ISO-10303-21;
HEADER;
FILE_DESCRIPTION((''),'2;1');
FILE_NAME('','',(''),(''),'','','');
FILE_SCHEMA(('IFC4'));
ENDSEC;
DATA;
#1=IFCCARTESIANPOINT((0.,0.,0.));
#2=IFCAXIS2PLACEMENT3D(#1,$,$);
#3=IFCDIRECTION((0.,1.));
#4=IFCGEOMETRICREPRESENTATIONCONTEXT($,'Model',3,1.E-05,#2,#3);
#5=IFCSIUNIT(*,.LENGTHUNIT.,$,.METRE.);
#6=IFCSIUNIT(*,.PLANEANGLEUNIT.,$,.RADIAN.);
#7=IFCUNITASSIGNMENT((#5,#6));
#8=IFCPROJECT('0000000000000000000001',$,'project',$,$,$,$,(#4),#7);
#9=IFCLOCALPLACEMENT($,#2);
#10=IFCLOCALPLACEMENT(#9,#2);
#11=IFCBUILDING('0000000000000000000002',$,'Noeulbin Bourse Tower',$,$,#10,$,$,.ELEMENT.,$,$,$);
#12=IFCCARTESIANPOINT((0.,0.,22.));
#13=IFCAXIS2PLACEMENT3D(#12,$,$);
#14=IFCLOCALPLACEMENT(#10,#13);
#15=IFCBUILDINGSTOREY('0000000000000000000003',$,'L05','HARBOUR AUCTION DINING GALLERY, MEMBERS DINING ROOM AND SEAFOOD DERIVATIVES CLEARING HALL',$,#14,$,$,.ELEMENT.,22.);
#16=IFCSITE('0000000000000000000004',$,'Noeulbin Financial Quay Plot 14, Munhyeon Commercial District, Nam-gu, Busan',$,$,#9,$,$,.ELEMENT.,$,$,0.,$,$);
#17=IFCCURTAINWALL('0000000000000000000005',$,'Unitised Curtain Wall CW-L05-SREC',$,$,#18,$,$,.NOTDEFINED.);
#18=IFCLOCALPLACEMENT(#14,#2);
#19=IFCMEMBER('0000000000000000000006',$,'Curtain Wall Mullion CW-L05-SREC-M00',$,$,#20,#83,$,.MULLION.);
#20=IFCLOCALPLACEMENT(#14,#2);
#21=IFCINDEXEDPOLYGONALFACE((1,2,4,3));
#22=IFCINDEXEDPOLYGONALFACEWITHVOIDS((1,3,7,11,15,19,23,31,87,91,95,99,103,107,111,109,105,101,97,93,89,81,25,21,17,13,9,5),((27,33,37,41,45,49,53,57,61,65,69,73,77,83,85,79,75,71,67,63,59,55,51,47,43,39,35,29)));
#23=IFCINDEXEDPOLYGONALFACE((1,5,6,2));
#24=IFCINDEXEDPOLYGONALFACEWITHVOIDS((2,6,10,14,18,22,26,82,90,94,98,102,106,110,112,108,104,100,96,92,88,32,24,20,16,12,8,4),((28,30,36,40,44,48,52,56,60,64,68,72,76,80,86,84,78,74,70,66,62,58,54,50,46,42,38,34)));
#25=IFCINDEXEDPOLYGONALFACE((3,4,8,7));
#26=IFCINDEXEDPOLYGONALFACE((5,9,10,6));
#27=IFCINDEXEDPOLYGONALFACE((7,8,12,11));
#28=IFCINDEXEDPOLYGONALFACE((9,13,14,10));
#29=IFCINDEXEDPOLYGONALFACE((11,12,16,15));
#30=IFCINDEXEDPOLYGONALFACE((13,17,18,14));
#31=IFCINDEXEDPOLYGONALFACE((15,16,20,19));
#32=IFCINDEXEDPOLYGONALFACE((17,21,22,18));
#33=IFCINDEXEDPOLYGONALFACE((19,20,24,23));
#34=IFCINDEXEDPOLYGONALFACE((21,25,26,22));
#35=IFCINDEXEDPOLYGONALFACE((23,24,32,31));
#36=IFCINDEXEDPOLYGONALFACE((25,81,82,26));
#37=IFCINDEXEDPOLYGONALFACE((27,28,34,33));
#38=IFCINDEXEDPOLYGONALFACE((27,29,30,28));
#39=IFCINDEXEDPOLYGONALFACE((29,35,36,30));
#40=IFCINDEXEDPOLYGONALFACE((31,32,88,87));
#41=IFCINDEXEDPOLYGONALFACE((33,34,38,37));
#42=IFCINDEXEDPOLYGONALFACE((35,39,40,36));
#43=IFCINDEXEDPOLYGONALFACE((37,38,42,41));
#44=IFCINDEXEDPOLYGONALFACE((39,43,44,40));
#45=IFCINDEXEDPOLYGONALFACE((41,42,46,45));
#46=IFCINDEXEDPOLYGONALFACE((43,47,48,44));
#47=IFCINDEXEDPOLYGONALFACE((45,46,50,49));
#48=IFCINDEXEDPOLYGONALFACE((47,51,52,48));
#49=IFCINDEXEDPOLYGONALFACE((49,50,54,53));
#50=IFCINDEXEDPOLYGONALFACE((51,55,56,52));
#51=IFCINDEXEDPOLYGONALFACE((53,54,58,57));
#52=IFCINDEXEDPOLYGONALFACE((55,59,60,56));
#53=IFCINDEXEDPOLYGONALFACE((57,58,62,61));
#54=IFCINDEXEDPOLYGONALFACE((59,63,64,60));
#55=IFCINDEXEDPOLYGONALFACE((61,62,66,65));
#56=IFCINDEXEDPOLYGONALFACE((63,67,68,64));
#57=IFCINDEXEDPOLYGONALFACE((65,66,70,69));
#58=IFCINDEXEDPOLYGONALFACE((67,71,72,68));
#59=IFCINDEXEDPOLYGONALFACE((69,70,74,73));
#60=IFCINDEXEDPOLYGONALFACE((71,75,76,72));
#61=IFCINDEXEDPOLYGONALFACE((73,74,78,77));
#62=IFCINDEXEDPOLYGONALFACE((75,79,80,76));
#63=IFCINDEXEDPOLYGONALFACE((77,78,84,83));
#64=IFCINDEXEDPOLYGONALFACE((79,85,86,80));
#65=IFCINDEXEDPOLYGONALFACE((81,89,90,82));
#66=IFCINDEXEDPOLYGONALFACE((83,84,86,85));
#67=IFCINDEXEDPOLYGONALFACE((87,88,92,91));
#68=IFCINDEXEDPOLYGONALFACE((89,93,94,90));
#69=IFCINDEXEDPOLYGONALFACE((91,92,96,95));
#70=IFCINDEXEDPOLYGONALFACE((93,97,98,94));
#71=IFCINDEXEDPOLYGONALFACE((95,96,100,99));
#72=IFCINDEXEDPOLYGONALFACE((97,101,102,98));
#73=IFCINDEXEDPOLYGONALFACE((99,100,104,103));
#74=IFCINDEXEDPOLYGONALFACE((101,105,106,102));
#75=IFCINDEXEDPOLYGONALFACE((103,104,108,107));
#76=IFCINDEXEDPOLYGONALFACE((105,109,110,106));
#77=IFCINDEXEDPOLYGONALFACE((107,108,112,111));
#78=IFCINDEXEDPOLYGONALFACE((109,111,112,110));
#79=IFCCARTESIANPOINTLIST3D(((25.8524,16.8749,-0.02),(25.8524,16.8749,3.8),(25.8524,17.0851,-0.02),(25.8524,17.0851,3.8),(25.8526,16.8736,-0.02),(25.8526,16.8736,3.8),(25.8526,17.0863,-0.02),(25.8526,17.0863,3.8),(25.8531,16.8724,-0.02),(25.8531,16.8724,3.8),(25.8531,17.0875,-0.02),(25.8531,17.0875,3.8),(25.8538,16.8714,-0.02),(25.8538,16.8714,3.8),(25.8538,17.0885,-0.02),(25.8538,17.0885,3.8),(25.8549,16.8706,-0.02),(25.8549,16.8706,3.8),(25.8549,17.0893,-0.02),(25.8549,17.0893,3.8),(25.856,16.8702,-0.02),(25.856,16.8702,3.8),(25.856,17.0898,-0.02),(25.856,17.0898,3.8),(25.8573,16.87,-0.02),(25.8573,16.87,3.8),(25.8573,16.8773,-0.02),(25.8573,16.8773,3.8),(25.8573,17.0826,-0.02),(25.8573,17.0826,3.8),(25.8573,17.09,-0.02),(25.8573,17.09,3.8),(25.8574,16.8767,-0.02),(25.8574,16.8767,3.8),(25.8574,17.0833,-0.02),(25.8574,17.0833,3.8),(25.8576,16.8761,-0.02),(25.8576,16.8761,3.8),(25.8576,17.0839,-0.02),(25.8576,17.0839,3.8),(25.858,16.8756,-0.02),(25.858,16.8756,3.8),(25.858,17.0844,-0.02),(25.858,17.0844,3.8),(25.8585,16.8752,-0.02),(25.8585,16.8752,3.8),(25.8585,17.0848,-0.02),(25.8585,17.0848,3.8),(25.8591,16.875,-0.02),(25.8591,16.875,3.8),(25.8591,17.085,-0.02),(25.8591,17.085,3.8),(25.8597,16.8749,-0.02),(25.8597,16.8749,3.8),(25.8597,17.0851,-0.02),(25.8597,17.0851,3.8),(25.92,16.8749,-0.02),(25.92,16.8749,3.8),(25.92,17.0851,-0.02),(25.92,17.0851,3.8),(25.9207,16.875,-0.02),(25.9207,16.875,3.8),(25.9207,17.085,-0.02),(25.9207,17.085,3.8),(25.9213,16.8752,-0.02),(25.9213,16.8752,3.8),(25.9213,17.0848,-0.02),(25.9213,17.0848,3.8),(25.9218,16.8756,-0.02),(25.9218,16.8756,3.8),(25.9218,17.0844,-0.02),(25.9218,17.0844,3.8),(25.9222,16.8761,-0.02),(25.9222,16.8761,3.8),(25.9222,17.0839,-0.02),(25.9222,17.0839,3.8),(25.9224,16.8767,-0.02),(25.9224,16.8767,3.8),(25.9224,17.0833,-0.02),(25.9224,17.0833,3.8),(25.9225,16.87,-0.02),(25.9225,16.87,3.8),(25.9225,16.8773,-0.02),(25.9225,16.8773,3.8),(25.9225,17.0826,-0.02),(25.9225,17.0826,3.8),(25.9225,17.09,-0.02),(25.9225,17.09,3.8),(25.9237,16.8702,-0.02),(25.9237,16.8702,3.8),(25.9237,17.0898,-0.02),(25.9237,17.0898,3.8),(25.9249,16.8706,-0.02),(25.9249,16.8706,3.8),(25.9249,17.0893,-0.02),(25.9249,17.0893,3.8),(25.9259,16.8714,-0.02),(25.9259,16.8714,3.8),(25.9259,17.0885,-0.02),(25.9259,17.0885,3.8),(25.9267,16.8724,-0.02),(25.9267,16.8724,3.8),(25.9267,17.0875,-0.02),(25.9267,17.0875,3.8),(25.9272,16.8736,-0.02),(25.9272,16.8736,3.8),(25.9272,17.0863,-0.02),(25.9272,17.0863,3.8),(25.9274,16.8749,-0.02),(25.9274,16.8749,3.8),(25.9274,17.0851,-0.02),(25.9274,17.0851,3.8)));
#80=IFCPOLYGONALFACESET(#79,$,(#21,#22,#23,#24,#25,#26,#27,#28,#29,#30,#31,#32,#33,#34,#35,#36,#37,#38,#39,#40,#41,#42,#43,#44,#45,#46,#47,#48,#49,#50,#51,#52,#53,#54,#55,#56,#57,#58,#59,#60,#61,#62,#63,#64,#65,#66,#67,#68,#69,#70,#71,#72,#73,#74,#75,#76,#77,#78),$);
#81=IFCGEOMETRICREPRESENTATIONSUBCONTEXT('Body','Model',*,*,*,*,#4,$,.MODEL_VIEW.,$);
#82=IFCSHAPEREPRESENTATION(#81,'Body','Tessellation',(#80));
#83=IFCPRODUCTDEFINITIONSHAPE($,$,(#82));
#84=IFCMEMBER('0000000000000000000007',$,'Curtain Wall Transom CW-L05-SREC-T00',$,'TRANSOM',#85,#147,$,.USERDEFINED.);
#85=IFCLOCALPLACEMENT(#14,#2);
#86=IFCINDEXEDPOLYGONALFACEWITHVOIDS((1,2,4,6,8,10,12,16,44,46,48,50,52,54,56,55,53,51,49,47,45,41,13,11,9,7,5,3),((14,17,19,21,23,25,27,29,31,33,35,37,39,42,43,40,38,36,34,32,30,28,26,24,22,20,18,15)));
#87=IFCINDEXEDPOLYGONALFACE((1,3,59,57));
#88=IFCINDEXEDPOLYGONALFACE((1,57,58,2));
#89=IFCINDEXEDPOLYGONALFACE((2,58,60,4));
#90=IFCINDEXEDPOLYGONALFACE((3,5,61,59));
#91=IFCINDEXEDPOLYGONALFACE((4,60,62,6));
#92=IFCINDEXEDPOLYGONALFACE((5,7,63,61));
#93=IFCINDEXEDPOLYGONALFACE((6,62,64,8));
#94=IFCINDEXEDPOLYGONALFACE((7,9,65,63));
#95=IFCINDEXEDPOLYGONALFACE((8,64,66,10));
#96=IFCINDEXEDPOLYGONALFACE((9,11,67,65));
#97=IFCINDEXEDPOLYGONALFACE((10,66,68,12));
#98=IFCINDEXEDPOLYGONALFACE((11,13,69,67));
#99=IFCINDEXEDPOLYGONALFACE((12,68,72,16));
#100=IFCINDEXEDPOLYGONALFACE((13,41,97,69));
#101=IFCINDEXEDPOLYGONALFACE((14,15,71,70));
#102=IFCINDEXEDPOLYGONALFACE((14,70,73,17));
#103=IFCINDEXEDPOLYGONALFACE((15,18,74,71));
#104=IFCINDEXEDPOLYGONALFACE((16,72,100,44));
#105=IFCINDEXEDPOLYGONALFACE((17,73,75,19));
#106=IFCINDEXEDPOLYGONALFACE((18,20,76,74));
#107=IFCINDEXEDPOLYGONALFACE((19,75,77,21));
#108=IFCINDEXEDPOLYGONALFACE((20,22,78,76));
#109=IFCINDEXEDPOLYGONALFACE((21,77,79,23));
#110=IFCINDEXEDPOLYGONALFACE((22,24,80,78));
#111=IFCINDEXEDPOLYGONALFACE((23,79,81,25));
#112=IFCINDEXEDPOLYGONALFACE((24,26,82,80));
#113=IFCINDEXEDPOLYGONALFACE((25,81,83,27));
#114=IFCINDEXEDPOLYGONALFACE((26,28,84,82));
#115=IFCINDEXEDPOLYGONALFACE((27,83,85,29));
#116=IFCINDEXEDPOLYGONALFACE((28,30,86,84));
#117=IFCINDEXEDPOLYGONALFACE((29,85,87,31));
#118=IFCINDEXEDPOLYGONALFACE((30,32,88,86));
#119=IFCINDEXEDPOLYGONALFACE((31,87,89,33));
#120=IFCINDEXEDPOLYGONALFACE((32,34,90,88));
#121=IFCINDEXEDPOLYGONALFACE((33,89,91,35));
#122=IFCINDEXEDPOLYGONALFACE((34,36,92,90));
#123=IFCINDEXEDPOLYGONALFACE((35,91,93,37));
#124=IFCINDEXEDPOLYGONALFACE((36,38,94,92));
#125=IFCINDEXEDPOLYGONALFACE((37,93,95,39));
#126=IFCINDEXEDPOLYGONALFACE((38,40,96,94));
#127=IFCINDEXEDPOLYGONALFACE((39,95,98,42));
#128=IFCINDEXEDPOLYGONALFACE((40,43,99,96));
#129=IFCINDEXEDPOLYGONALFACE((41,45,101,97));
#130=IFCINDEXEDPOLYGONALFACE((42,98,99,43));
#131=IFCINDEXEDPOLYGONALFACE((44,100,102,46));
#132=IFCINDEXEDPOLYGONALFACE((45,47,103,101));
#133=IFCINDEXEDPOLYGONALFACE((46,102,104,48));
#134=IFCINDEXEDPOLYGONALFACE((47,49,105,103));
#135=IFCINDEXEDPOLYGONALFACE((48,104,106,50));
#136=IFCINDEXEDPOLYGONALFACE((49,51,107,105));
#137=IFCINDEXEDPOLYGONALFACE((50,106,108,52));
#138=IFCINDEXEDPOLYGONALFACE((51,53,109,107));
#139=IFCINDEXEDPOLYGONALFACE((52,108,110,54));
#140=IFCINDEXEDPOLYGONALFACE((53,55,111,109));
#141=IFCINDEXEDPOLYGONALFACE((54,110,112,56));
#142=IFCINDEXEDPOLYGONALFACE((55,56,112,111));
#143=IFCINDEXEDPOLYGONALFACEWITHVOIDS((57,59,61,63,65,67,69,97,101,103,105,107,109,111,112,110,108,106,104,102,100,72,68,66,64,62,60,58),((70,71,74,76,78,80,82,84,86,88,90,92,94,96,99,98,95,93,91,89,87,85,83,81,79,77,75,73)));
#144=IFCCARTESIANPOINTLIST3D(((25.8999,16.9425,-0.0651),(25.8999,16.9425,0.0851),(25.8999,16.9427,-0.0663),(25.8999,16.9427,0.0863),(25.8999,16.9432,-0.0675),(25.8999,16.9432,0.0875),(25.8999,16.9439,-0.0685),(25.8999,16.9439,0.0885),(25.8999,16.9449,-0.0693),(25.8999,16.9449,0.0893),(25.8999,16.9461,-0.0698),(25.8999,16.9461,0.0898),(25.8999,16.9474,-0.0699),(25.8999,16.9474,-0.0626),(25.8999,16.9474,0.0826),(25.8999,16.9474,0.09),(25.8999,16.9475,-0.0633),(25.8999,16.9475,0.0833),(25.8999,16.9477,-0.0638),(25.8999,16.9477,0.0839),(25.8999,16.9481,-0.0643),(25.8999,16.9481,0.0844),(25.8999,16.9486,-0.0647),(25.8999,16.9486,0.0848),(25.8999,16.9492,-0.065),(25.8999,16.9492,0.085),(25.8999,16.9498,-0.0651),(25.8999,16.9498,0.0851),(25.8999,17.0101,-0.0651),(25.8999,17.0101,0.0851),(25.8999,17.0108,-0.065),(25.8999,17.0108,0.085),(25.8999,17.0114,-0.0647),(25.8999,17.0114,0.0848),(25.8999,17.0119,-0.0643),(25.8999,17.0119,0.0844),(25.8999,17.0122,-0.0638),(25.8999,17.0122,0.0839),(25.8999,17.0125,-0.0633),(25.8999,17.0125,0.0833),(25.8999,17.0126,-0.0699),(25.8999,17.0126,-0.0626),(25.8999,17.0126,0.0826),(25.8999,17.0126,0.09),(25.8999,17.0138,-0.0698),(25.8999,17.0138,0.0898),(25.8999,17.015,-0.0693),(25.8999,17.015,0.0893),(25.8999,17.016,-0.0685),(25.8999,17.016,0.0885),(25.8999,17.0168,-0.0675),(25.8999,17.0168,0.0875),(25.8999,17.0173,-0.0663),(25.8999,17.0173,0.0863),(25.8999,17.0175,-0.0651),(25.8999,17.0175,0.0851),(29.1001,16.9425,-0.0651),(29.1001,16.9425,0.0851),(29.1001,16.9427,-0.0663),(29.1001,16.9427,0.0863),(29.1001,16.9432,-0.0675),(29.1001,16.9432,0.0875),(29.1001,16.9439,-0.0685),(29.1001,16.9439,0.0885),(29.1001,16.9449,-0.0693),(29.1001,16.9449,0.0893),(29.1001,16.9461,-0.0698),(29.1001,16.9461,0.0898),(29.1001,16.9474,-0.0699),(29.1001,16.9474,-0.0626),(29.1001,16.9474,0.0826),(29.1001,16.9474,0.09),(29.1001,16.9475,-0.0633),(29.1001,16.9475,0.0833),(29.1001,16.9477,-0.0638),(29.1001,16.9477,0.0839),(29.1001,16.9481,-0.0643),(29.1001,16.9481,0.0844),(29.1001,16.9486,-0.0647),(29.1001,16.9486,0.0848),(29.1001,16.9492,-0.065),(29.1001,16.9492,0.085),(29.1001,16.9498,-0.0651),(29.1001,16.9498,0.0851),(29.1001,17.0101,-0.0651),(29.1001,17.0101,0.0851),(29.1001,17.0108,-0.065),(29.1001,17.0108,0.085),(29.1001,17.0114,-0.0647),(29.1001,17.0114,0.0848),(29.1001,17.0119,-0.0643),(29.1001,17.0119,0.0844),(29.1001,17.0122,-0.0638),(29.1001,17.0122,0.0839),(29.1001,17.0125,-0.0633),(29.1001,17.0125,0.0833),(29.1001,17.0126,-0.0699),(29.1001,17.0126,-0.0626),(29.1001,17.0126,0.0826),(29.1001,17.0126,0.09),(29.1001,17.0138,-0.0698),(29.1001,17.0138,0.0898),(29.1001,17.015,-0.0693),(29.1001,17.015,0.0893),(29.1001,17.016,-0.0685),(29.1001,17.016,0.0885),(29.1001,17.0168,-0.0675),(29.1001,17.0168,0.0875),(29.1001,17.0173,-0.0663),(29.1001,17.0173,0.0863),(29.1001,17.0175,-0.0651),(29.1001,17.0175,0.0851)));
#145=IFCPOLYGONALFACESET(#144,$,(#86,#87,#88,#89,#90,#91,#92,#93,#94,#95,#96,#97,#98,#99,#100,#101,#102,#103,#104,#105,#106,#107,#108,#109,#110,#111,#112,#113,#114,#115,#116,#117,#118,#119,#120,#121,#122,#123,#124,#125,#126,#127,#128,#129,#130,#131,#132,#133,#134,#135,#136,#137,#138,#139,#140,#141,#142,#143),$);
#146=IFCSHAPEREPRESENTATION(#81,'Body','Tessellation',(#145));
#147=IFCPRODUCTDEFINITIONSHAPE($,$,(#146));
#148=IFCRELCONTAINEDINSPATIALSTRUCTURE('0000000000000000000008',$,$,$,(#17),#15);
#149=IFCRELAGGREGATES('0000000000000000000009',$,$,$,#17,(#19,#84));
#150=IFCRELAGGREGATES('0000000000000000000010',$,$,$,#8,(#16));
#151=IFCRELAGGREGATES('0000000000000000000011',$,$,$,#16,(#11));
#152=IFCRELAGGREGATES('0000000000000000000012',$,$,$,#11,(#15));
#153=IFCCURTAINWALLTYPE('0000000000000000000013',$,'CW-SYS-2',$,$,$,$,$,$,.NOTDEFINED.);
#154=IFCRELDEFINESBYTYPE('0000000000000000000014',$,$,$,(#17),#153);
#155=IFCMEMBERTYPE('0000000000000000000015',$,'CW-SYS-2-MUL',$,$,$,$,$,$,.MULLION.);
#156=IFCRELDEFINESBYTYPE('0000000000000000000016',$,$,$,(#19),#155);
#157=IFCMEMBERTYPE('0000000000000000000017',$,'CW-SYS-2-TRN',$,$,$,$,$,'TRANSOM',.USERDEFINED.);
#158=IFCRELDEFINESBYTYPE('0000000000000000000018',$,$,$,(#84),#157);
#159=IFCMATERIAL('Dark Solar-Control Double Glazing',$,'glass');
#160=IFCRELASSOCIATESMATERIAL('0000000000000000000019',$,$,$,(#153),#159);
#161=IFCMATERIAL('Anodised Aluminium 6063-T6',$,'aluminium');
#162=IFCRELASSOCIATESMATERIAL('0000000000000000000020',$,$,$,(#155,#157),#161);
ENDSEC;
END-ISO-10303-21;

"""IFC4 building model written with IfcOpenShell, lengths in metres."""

from ifc_helpers import new_model, si_unit, direction, frame, origin, origin_2d, place, context, subcontext, project, spatial, hollow_rectangle, extrude, material, material_profile, profile_set, type_object, element, aggregate, save


model = new_model("IFC4")

# Units and contexts
model_context = context("Model", 3, precision=1e-05, world=origin(), true_north=direction((0.0, 1.0)))
body_context = subcontext(model_context, "Body", "Model", "MODEL_VIEW")
ifc_project = project(units=[si_unit("LENGTHUNIT", "METRE"), si_unit("PLANEANGLEUNIT", "RADIAN")], contexts=[model_context])

# Site, building, storey
site_placement = place(None, origin())
site = spatial("IfcSite", under=ifc_project, at=site_placement, Name="Noeulbin Financial Quay Plot 14, Munhyeon Commercial District, Nam-gu, Busan", CompositionType="ELEMENT", RefElevation=0.0)
building_placement = place(site_placement, origin())
building = spatial("IfcBuilding", under=site, at=building_placement, Name="Noeulbin Bourse Tower", CompositionType="ELEMENT")
storey_placement = place(building_placement, frame((0.0, 0.0, 22.0)))
storey = spatial("IfcBuildingStorey", under=building, at=storey_placement, Name="L05", Description="HARBOUR AUCTION DINING GALLERY, MEMBERS DINING ROOM AND SEAFOOD DERIVATIVES CLEARING HALL", CompositionType="ELEMENT", Elevation=22.0)

# Curtain wall, members
ifc_material_1 = material(Name="Dark Solar-Control Double Glazing", Category="glass")
curtain_wall_type = type_object("IfcCurtainWallType", Name="CW-SYS-2", PredefinedType="NOTDEFINED", material=ifc_material_1)
curtain_wall_placement = place(storey_placement, origin())
curtain_wall = element("IfcCurtainWall", 1, at=curtain_wall_placement, inside=storey, type_object=curtain_wall_type, Name="Unitised Curtain Wall CW-L05-SREC", PredefinedType="NOTDEFINED")
ifc_material_2 = material(Name="Anodised Aluminium 6063-T6", Category="aluminium")
ifc_material_profile_1 = material_profile(ifc_material_2, hollow_rectangle(XDim=0.075, YDim=0.22, WallThickness=0.0049, InnerFilletRadius=0.0024, OuterFilletRadius=0.0049, at=origin_2d()), Name="ALU-MULL-75x220x5", Category="LoadBearing")
ifc_profile_set_1 = profile_set([ifc_material_profile_1], Name="Anodised Aluminium 6063-T6")
member_type_1 = type_object("IfcMemberType", Name="CW-SYS-2-MUL", PredefinedType="MULLION", material=ifc_profile_set_1)
member_1_placement = place(storey_placement, frame((25.8899, 16.98, -0.02), z_axis=(0.0, 0.0, 1.0), x_axis=(1.0, 0.0, 0.0)))
member_1 = element("IfcMember", 2, at=member_1_placement, type_object=member_type_1, Name="Curtain Wall Mullion CW-L05-SREC-M00", PredefinedType="MULLION", context=body_context, shape_type="SweptSolid", body=[
    extrude(hollow_rectangle(XDim=0.075, YDim=0.22, WallThickness=0.0049, InnerFilletRadius=0.0024, OuterFilletRadius=0.0049, at=origin_2d()), origin(), (0.0, 0.0, 1.0), 3.8201),
])
ifc_material_profile_2 = material_profile(ifc_material_2, hollow_rectangle(XDim=0.075, YDim=0.1599, WallThickness=0.0049, InnerFilletRadius=0.0024, OuterFilletRadius=0.0049, at=origin_2d()), Name="ALU-TRAN-75x160x5", Category="LoadBearing")
ifc_profile_set_2 = profile_set([ifc_material_profile_2], Name="Anodised Aluminium 6063-T6")
member_type_2 = type_object("IfcMemberType", Name="CW-SYS-2-TRN", ElementType="TRANSOM", PredefinedType="USERDEFINED", material=ifc_profile_set_2)
member_2_placement = place(storey_placement, frame((25.8999, 16.98, 0.01), z_axis=(1.0, 0.0, 0.0), x_axis=(0.0, 1.0, 0.0)))
member_2 = element("IfcMember", 3, at=member_2_placement, type_object=member_type_2, Name="Curtain Wall Transom CW-L05-SREC-T00", ObjectType="TRANSOM", PredefinedType="USERDEFINED", context=body_context, shape_type="SweptSolid", body=[
    extrude(hollow_rectangle(XDim=0.075, YDim=0.1599, WallThickness=0.0049, InnerFilletRadius=0.0024, OuterFilletRadius=0.0049, at=origin_2d()), origin(), (0.0, 0.0, 1.0), 3.2002),
])
aggregate(curtain_wall, [member_1, member_2])

save(model, "model.ifc")
